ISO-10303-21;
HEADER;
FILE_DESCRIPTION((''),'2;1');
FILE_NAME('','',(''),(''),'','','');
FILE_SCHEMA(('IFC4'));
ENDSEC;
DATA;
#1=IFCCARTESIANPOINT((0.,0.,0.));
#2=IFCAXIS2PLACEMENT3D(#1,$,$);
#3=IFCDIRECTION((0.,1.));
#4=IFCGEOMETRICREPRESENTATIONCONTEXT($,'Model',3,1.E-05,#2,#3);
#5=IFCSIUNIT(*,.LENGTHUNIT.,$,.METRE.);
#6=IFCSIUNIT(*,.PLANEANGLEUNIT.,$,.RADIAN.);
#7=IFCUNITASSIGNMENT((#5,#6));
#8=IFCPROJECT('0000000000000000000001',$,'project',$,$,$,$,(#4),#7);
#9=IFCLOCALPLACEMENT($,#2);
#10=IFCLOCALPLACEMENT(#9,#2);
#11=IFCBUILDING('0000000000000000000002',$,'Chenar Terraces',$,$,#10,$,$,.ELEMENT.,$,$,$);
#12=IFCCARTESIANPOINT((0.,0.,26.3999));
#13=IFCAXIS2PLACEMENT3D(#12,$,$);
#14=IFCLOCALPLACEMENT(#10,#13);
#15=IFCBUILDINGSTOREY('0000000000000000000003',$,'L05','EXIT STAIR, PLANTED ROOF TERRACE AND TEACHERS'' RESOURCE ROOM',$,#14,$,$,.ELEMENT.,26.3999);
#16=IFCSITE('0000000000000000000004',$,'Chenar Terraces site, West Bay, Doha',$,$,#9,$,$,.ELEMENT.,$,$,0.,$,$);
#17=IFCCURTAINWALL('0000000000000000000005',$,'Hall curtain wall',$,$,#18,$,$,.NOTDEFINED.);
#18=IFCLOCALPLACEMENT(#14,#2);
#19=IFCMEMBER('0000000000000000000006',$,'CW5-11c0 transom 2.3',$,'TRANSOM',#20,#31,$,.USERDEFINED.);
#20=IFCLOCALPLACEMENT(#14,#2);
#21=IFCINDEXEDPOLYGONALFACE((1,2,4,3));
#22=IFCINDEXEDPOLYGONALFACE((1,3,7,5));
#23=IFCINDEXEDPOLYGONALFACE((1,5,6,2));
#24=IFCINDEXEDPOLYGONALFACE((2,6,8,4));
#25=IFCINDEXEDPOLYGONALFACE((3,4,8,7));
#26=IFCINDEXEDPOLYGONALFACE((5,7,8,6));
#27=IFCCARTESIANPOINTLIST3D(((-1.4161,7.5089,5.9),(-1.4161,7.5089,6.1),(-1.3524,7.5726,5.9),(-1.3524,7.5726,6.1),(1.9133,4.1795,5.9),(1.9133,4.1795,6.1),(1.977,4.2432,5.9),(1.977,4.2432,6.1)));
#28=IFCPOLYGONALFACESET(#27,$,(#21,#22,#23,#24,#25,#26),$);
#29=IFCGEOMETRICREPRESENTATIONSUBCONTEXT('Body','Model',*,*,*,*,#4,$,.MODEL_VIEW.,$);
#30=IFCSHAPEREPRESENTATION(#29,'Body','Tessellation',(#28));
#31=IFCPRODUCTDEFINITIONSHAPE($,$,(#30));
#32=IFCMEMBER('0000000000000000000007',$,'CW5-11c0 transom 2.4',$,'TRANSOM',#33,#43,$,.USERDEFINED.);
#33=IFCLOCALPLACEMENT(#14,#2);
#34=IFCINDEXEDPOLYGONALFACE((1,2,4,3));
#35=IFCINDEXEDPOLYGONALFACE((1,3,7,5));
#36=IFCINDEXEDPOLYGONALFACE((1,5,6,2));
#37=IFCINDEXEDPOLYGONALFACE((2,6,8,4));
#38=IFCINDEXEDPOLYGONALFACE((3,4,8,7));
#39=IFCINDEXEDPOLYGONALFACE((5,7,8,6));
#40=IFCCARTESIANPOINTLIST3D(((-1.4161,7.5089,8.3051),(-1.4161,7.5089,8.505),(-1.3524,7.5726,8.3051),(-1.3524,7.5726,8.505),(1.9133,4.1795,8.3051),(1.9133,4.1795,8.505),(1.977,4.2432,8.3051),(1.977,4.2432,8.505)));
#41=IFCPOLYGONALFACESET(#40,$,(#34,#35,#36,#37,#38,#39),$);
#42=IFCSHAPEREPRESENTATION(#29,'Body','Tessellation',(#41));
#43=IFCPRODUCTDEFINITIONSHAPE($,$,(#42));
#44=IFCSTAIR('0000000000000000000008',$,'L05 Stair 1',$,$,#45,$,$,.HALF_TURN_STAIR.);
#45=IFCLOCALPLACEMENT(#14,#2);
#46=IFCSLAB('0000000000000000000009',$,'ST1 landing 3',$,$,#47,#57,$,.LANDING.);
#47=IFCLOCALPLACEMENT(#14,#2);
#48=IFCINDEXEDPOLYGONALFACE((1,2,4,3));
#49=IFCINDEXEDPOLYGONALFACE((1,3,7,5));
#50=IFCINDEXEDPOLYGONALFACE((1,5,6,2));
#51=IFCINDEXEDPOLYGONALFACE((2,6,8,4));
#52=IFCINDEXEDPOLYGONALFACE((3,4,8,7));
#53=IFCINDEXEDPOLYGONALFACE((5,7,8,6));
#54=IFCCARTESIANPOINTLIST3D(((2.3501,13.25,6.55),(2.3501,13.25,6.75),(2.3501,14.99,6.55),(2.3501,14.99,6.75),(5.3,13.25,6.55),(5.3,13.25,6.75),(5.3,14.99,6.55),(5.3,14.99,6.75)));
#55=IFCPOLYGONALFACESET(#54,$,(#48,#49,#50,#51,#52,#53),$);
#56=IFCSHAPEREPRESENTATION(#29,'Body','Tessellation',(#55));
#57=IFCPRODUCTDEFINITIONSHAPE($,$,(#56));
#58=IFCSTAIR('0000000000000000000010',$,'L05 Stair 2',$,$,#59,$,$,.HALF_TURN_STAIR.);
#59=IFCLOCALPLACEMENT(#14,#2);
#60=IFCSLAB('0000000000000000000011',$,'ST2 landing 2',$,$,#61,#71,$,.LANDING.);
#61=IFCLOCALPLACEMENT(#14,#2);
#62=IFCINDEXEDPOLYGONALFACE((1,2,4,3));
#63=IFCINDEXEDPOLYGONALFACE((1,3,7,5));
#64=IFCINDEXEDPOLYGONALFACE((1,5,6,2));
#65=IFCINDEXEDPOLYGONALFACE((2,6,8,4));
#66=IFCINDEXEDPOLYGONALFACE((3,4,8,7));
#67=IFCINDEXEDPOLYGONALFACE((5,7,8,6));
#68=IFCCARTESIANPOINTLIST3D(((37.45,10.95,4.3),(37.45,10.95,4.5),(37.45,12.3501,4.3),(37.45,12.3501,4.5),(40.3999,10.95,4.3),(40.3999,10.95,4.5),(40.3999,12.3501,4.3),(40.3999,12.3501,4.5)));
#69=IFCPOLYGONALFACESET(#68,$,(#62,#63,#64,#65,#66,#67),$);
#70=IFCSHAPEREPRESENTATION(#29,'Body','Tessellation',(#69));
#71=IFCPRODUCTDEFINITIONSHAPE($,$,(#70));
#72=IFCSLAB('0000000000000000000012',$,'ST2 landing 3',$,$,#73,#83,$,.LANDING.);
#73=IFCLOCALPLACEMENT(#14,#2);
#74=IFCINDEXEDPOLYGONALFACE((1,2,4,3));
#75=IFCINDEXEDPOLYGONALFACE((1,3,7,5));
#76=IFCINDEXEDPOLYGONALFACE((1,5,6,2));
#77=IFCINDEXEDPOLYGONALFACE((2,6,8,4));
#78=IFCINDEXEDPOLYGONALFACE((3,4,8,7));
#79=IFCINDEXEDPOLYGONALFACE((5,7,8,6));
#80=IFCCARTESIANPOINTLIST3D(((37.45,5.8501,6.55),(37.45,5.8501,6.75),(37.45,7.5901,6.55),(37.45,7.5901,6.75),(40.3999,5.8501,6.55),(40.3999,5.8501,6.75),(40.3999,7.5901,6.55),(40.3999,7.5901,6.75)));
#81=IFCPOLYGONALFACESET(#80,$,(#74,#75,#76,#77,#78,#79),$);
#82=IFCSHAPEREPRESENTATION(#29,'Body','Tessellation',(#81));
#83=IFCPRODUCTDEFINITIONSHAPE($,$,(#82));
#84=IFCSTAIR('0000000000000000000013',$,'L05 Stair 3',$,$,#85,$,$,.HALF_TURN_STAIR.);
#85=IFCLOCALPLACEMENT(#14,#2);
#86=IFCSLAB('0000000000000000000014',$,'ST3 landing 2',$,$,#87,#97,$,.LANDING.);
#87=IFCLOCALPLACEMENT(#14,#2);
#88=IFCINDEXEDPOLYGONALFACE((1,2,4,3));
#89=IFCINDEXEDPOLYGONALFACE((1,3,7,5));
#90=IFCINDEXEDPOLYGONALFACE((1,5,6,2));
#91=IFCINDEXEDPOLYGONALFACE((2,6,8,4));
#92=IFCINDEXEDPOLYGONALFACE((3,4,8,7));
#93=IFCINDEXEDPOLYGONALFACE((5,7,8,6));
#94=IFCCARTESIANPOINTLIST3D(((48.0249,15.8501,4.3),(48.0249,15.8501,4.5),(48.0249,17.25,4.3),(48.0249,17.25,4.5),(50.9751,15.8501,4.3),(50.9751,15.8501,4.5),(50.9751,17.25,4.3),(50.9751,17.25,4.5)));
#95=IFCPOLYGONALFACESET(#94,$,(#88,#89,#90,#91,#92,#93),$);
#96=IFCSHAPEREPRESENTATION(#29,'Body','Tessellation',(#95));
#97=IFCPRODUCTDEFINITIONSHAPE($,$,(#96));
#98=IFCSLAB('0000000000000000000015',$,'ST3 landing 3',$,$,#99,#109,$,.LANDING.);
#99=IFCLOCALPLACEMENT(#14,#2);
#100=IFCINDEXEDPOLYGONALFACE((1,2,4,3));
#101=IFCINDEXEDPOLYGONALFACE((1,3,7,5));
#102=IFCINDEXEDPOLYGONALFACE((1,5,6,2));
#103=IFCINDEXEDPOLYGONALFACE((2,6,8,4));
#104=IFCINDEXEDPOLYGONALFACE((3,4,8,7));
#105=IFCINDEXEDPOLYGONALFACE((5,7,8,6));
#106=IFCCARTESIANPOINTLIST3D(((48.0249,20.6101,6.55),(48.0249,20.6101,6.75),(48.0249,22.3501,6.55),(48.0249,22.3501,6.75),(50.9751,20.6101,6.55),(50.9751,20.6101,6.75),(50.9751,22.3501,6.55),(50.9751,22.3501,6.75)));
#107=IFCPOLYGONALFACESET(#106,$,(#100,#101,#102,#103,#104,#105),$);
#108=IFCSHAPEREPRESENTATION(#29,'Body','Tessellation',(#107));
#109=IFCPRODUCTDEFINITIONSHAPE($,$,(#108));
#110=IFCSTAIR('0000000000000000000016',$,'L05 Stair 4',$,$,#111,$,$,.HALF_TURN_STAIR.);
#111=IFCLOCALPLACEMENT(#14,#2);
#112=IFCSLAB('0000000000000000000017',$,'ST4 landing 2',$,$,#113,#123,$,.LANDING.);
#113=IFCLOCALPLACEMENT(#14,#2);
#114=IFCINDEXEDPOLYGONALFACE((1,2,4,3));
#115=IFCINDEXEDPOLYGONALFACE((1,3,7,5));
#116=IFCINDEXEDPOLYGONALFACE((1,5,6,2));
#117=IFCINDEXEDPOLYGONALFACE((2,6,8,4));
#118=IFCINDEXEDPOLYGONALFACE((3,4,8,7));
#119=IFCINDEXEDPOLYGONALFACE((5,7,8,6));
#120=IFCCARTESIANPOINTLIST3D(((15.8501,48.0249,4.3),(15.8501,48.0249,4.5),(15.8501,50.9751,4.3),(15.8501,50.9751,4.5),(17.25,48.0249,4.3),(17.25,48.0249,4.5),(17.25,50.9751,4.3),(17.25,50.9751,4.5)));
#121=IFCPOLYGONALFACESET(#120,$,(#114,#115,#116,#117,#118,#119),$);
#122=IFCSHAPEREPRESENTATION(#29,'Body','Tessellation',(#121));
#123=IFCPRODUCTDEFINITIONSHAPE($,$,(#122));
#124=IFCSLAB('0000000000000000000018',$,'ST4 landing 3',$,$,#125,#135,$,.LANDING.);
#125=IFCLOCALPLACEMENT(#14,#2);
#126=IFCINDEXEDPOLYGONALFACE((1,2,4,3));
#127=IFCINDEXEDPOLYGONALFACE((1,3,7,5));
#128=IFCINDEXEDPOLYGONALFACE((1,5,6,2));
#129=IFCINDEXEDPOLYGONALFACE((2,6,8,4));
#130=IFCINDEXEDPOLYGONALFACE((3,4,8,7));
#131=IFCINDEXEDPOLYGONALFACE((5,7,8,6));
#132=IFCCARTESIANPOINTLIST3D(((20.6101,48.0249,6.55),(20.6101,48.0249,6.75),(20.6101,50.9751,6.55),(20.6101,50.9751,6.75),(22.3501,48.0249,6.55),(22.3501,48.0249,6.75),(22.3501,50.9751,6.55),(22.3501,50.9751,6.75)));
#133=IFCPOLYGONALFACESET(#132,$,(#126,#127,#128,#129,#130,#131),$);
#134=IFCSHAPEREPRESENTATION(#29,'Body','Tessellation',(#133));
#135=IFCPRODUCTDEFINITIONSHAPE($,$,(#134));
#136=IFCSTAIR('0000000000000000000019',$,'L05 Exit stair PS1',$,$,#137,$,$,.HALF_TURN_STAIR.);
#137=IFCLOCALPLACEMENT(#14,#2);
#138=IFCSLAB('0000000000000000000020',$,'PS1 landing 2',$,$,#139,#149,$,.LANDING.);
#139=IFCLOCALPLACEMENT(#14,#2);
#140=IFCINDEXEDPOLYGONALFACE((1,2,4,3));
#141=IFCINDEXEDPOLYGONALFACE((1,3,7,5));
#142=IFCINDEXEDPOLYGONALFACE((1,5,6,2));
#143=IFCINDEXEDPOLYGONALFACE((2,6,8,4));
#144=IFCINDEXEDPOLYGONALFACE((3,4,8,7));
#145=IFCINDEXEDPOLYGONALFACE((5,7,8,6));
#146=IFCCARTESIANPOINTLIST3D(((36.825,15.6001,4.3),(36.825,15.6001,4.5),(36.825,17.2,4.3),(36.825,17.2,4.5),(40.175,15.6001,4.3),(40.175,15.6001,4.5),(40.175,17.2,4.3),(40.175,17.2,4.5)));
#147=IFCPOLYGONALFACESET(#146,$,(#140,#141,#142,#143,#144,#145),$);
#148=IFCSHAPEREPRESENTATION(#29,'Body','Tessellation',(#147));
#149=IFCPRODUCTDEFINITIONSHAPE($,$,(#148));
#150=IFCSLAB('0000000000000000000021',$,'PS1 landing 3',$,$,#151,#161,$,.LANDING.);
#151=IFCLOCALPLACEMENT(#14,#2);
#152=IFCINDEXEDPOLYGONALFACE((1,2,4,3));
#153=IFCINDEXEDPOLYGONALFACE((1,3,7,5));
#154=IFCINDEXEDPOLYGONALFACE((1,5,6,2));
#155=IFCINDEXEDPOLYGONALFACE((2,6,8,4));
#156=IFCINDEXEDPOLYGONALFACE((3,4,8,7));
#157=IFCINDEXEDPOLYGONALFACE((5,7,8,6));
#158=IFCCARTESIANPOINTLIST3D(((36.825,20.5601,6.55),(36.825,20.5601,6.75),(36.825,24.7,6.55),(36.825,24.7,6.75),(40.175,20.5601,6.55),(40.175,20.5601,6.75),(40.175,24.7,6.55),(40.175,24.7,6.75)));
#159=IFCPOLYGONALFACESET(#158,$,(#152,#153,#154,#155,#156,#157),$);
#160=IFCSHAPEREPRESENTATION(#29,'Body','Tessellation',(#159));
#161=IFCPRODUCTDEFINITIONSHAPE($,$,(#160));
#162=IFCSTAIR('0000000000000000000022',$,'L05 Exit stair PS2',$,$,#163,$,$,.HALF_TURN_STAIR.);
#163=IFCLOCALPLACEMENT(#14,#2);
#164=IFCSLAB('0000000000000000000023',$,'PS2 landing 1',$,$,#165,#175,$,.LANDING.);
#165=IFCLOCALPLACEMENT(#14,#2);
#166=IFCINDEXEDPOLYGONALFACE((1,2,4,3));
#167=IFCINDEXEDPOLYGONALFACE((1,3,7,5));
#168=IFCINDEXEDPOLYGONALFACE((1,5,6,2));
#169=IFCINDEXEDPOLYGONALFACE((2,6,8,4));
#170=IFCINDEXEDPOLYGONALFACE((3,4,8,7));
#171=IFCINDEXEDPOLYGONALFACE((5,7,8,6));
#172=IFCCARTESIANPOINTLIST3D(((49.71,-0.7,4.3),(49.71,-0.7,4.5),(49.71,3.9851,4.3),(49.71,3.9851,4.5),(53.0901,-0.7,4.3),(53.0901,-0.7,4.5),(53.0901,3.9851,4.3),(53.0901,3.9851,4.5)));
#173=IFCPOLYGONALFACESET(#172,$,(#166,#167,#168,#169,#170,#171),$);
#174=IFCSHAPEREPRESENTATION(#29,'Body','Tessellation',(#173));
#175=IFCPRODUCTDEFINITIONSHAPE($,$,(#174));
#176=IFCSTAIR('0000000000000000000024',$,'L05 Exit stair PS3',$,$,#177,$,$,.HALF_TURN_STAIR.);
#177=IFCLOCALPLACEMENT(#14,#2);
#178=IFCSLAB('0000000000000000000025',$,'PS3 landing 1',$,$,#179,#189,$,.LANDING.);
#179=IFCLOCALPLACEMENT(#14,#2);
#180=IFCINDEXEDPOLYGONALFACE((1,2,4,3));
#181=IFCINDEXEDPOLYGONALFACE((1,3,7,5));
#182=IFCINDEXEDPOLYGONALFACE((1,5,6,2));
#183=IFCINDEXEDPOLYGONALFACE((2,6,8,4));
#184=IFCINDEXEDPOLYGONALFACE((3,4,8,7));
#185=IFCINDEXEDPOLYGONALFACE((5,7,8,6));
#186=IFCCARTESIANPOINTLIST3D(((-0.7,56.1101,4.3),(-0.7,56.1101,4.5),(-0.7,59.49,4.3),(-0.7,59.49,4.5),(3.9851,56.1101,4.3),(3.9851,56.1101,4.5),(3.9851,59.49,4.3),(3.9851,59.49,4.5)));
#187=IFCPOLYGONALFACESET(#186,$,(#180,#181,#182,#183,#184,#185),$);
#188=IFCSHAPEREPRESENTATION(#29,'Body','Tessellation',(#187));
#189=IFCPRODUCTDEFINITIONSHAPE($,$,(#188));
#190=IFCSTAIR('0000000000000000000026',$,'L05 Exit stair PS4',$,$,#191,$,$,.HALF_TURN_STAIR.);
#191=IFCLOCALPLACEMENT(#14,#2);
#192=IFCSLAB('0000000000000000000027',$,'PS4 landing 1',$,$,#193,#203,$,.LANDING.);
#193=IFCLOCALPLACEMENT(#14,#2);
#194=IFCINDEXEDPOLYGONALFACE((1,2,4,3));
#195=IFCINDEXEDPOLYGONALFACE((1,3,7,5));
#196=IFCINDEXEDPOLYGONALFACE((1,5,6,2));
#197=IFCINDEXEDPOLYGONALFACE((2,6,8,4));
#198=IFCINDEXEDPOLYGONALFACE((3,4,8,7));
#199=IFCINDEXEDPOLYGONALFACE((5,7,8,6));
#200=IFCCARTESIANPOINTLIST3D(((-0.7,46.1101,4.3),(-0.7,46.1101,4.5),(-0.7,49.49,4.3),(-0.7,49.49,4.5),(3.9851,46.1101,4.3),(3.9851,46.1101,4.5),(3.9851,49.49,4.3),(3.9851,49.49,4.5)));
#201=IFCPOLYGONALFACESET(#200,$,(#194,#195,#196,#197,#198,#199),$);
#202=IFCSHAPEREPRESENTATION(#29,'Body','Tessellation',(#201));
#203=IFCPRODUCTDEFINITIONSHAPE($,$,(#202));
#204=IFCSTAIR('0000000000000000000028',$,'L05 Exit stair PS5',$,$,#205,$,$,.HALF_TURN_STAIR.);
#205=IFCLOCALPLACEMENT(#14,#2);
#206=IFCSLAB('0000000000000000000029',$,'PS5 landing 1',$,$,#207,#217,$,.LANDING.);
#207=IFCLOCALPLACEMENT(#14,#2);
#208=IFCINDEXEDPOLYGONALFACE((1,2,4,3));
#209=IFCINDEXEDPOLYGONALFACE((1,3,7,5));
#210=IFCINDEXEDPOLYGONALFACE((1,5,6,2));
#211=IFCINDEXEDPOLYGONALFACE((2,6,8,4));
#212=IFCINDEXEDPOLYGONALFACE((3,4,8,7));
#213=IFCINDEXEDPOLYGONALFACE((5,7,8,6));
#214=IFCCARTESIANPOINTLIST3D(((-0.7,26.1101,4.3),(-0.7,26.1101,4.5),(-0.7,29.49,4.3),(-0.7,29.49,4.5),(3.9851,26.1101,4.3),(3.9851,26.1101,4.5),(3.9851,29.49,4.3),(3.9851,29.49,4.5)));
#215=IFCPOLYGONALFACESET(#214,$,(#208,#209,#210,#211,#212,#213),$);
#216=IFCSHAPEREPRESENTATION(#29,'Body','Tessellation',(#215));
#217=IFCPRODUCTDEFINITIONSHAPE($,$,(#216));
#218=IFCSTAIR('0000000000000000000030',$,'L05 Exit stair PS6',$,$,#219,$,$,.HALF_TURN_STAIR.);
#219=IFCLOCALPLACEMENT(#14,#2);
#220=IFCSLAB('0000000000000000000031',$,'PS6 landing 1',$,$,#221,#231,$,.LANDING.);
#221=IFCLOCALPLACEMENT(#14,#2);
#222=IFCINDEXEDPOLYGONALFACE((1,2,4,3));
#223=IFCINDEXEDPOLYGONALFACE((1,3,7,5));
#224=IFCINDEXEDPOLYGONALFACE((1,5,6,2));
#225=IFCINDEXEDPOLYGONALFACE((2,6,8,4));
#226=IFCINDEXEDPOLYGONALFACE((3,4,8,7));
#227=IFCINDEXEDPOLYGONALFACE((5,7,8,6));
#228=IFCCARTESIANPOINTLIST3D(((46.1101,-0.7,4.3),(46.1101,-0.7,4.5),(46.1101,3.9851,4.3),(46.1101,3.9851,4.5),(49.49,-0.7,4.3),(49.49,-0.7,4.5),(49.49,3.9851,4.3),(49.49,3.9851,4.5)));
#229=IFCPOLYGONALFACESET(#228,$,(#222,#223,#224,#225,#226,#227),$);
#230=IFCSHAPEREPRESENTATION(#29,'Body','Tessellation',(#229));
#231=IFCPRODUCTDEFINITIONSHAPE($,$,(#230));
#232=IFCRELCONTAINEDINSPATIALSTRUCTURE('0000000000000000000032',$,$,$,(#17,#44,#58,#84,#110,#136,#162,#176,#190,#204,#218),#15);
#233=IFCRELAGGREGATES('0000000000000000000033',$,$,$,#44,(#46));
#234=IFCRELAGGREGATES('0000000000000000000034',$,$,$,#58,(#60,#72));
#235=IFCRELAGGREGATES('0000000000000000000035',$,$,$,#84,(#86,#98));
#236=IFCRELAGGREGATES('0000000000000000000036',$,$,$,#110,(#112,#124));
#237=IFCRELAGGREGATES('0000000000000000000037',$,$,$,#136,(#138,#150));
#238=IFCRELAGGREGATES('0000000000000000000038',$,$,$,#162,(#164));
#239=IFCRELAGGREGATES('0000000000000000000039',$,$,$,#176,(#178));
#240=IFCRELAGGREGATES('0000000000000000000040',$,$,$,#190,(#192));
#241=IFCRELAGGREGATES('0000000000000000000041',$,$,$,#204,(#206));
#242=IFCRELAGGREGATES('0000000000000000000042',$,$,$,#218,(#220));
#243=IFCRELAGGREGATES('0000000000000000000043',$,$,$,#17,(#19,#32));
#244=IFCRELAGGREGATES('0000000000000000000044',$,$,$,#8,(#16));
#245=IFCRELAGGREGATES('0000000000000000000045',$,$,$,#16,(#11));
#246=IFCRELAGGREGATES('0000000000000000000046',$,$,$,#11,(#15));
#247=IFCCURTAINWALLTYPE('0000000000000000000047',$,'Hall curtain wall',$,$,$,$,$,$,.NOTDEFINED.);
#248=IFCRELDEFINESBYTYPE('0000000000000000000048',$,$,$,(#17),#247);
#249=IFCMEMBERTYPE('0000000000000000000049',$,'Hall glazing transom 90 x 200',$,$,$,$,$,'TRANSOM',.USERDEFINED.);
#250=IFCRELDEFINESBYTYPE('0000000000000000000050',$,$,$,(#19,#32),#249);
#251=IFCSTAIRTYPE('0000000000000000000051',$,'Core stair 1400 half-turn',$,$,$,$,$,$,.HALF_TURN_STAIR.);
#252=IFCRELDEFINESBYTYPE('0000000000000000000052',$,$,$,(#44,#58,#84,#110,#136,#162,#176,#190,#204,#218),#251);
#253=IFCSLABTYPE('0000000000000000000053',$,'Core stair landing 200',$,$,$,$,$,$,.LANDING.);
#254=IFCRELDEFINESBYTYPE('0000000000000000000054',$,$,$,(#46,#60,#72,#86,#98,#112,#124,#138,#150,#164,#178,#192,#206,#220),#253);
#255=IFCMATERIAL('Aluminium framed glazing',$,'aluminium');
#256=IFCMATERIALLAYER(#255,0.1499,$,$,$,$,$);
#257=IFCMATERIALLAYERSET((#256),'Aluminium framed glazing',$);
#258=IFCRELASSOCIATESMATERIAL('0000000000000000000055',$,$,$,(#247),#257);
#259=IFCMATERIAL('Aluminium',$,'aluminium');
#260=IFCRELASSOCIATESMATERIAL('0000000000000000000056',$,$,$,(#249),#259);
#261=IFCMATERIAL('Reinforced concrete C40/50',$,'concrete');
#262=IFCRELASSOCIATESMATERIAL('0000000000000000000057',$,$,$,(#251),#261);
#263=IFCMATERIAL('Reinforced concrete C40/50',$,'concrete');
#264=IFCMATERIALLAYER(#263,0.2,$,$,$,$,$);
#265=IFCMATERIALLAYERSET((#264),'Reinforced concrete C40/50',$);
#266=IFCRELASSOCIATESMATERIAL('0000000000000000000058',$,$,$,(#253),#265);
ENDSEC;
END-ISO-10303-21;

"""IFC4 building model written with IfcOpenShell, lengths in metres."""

from ifc_helpers import new_model, si_unit, direction, frame, origin, origin_2d, place, context, subcontext, project, spatial, polyline, rectangle, outline, extrude, material, layer, layer_set, material_profile, profile_set, type_object, element, aggregate, save


model = new_model("IFC4")

# Units and contexts
model_context = context("Model", 3, precision=1e-05, world=origin(), true_north=direction((0.0, 1.0)))
body_context = subcontext(model_context, "Body", "Model", "MODEL_VIEW")
ifc_project = project(units=[si_unit("LENGTHUNIT", "METRE"), si_unit("PLANEANGLEUNIT", "RADIAN")], contexts=[model_context])

# Site, building, storey
site_placement = place(None, origin())
site = spatial("IfcSite", under=ifc_project, at=site_placement, Name="Chenar Terraces site, West Bay, Doha", CompositionType="ELEMENT", RefElevation=0.0)
building_placement = place(site_placement, origin())
building = spatial("IfcBuilding", under=site, at=building_placement, Name="Chenar Terraces", CompositionType="ELEMENT")
storey_placement = place(building_placement, frame((0.0, 0.0, 26.3999)))
storey = spatial("IfcBuildingStorey", under=building, at=storey_placement, Name="L05", Description="EXIT STAIR, PLANTED ROOF TERRACE AND TEACHERS' RESOURCE ROOM", CompositionType="ELEMENT", Elevation=26.3999)

# Curtain wall, members
ifc_material_1 = material(Name="Aluminium framed glazing", Category="aluminium")
ifc_layer_1 = layer(ifc_material_1, 0.1499)
ifc_layer_set_1 = layer_set([ifc_layer_1], Name="Aluminium framed glazing")
curtain_wall_type = type_object("IfcCurtainWallType", Name="Hall curtain wall", PredefinedType="NOTDEFINED", material=ifc_layer_set_1)
placement_1 = place(storey_placement, origin())
curtain_wall = element("IfcCurtainWall", 1, at=placement_1, inside=storey, type_object=curtain_wall_type, Name="Hall curtain wall", PredefinedType="NOTDEFINED")
ifc_material_2 = material(Name="Aluminium", Category="aluminium")
ifc_material_profile = material_profile(ifc_material_2, rectangle(XDim=0.0901, YDim=0.2, at=origin_2d()), Name="Hall glazing transom 90 x 200")
ifc_profile_set = profile_set([ifc_material_profile], Name="Aluminium")
member_type = type_object("IfcMemberType", Name="Hall glazing transom 90 x 200", ElementType="TRANSOM", PredefinedType="USERDEFINED", material=ifc_profile_set)
member_1_placement = place(storey_placement, frame((-1.3843, 7.5408, 6.0), z_axis=(0.707107, -0.707107, 0.0), x_axis=(0.707107, 0.707107, 0.0)))
member_1 = element("IfcMember", 2, at=member_1_placement, type_object=member_type, Name="CW5-11c0 transom 2.3", ObjectType="TRANSOM", PredefinedType="USERDEFINED", context=body_context, shape_type="SweptSolid", body=[
    extrude(rectangle(XDim=0.0901, YDim=0.2, at=origin_2d()), origin(), (0.0, 0.0, 1.0), 4.7085),
])
member_2_placement = place(storey_placement, frame((-1.3843, 7.5408, 8.405), z_axis=(0.707107, -0.707107, 0.0), x_axis=(0.707107, 0.707107, 0.0)))
member_2 = element("IfcMember", 3, at=member_2_placement, type_object=member_type, Name="CW5-11c0 transom 2.4", ObjectType="TRANSOM", PredefinedType="USERDEFINED", context=body_context, shape_type="SweptSolid", body=[
    extrude(rectangle(XDim=0.0901, YDim=0.2, at=origin_2d()), origin(), (0.0, 0.0, 1.0), 4.7085),
])

# Stair, slab
ifc_material_3 = material(Name="Reinforced concrete C40/50", Category="concrete")
stair_type = type_object("IfcStairType", Name="Core stair 1400 half-turn", PredefinedType="HALF_TURN_STAIR", material=ifc_material_3)
stair_1 = element("IfcStair", 4, at=placement_1, inside=storey, type_object=stair_type, Name="L05 Stair 1", PredefinedType="HALF_TURN_STAIR")
ifc_material_4 = material(Name="Reinforced concrete C40/50", Category="concrete")
ifc_layer_2 = layer(ifc_material_4, 0.2)
ifc_layer_set_2 = layer_set([ifc_layer_2], Name="Reinforced concrete C40/50")
slab_type = type_object("IfcSlabType", Name="Core stair landing 200", PredefinedType="LANDING", material=ifc_layer_set_2)
placement_2 = place(storey_placement, frame((0.0, 0.0, 6.55)))
slab_1 = element("IfcSlab", 5, at=placement_2, type_object=slab_type, Name="ST1 landing 3", PredefinedType="LANDING", context=body_context, shape_type="SweptSolid", body=[
    extrude(outline(polyline([(2.3501, 14.99), (2.3501, 13.25), (5.3, 13.25), (5.3, 14.99), (2.3501, 14.99)])), origin(), (0.0, 0.0, 1.0), 0.2),
])
aggregate(stair_1, [slab_1])

# Stairs, slabs
stair_2 = element("IfcStair", 6, at=placement_1, inside=storey, type_object=stair_type, Name="L05 Stair 2", PredefinedType="HALF_TURN_STAIR")
placement_3 = place(storey_placement, frame((0.0, 0.0, 4.3)))
slab_2 = element("IfcSlab", 7, at=placement_3, type_object=slab_type, Name="ST2 landing 2", PredefinedType="LANDING", context=body_context, shape_type="SweptSolid", body=[
    extrude(outline(polyline([(37.45, 12.3501), (37.45, 10.95), (40.3999, 10.95), (40.3999, 12.3501), (37.45, 12.3501)])), origin(), (0.0, 0.0, 1.0), 0.2),
])
slab_3 = element("IfcSlab", 8, at=placement_2, type_object=slab_type, Name="ST2 landing 3", PredefinedType="LANDING", context=body_context, shape_type="SweptSolid", body=[
    extrude(outline(polyline([(37.45, 7.5901), (37.45, 5.8501), (40.3999, 5.8501), (40.3999, 7.5901), (37.45, 7.5901)])), origin(), (0.0, 0.0, 1.0), 0.2),
])
aggregate(stair_2, [slab_2, slab_3])
stair_3 = element("IfcStair", 9, at=placement_1, inside=storey, type_object=stair_type, Name="L05 Stair 3", PredefinedType="HALF_TURN_STAIR")
slab_4 = element("IfcSlab", 10, at=placement_3, type_object=slab_type, Name="ST3 landing 2", PredefinedType="LANDING", context=body_context, shape_type="SweptSolid", body=[
    extrude(outline(polyline([(50.9751, 15.8501), (50.9751, 17.25), (48.0249, 17.25), (48.0249, 15.8501), (50.9751, 15.8501)])), origin(), (0.0, 0.0, 1.0), 0.2),
])
slab_5 = element("IfcSlab", 11, at=placement_2, type_object=slab_type, Name="ST3 landing 3", PredefinedType="LANDING", context=body_context, shape_type="SweptSolid", body=[
    extrude(outline(polyline([(50.9751, 20.6101), (50.9751, 22.3501), (48.0249, 22.3501), (48.0249, 20.6101), (50.9751, 20.6101)])), origin(), (0.0, 0.0, 1.0), 0.2),
])
aggregate(stair_3, [slab_4, slab_5])
stair_4 = element("IfcStair", 12, at=placement_1, inside=storey, type_object=stair_type, Name="L05 Stair 4", PredefinedType="HALF_TURN_STAIR")
slab_6 = element("IfcSlab", 13, at=placement_3, type_object=slab_type, Name="ST4 landing 2", PredefinedType="LANDING", context=body_context, shape_type="SweptSolid", body=[
    extrude(outline(polyline([(15.8501, 48.0249), (17.25, 48.0249), (17.25, 50.9751), (15.8501, 50.9751), (15.8501, 48.0249)])), origin(), (0.0, 0.0, 1.0), 0.2),
])
slab_7 = element("IfcSlab", 14, at=placement_2, type_object=slab_type, Name="ST4 landing 3", PredefinedType="LANDING", context=body_context, shape_type="SweptSolid", body=[
    extrude(outline(polyline([(20.6101, 48.0249), (22.3501, 48.0249), (22.3501, 50.9751), (20.6101, 50.9751), (20.6101, 48.0249)])), origin(), (0.0, 0.0, 1.0), 0.2),
])
aggregate(stair_4, [slab_6, slab_7])
stair_5 = element("IfcStair", 15, at=placement_1, inside=storey, type_object=stair_type, Name="L05 Exit stair PS1", PredefinedType="HALF_TURN_STAIR")
slab_8 = element("IfcSlab", 16, at=placement_3, type_object=slab_type, Name="PS1 landing 2", PredefinedType="LANDING", context=body_context, shape_type="SweptSolid", body=[
    extrude(outline(polyline([(40.175, 15.6001), (40.175, 17.2), (36.825, 17.2), (36.825, 15.6001), (40.175, 15.6001)])), origin(), (0.0, 0.0, 1.0), 0.2),
])
slab_9 = element("IfcSlab", 17, at=placement_2, type_object=slab_type, Name="PS1 landing 3", PredefinedType="LANDING", context=body_context, shape_type="SweptSolid", body=[
    extrude(outline(polyline([(40.175, 20.5601), (40.175, 24.7), (36.825, 24.7), (36.825, 20.5601), (40.175, 20.5601)])), origin(), (0.0, 0.0, 1.0), 0.2),
])
aggregate(stair_5, [slab_8, slab_9])

# Stairs, slabs
stair_6 = element("IfcStair", 18, at=placement_1, inside=storey, type_object=stair_type, Name="L05 Exit stair PS2", PredefinedType="HALF_TURN_STAIR")
slab_10 = element("IfcSlab", 19, at=placement_3, type_object=slab_type, Name="PS2 landing 1", PredefinedType="LANDING", context=body_context, shape_type="SweptSolid", body=[
    extrude(outline(polyline([(49.71, 3.9851), (49.71, -0.7), (53.0901, -0.7), (53.0901, 3.9851), (49.71, 3.9851)])), origin(), (0.0, 0.0, 1.0), 0.2),
])
aggregate(stair_6, [slab_10])
stair_7 = element("IfcStair", 20, at=placement_1, inside=storey, type_object=stair_type, Name="L05 Exit stair PS3", PredefinedType="HALF_TURN_STAIR")
slab_11 = element("IfcSlab", 21, at=placement_3, type_object=slab_type, Name="PS3 landing 1", PredefinedType="LANDING", context=body_context, shape_type="SweptSolid", body=[
    extrude(outline(polyline([(3.9851, 59.49), (-0.7, 59.49), (-0.7, 56.1101), (3.9851, 56.1101), (3.9851, 59.49)])), origin(), (0.0, 0.0, 1.0), 0.2),
])
aggregate(stair_7, [slab_11])
stair_8 = element("IfcStair", 22, at=placement_1, inside=storey, type_object=stair_type, Name="L05 Exit stair PS4", PredefinedType="HALF_TURN_STAIR")
slab_12 = element("IfcSlab", 23, at=placement_3, type_object=slab_type, Name="PS4 landing 1", PredefinedType="LANDING", context=body_context, shape_type="SweptSolid", body=[
    extrude(outline(polyline([(3.9851, 49.49), (-0.7, 49.49), (-0.7, 46.1101), (3.9851, 46.1101), (3.9851, 49.49)])), origin(), (0.0, 0.0, 1.0), 0.2),
])
aggregate(stair_8, [slab_12])
stair_9 = element("IfcStair", 24, at=placement_1, inside=storey, type_object=stair_type, Name="L05 Exit stair PS5", PredefinedType="HALF_TURN_STAIR")
slab_13 = element("IfcSlab", 25, at=placement_3, type_object=slab_type, Name="PS5 landing 1", PredefinedType="LANDING", context=body_context, shape_type="SweptSolid", body=[
    extrude(outline(polyline([(3.9851, 29.49), (-0.7, 29.49), (-0.7, 26.1101), (3.9851, 26.1101), (3.9851, 29.49)])), origin(), (0.0, 0.0, 1.0), 0.2),
])
aggregate(stair_9, [slab_13])
stair_10 = element("IfcStair", 26, at=placement_1, inside=storey, type_object=stair_type, Name="L05 Exit stair PS6", PredefinedType="HALF_TURN_STAIR")
slab_14 = element("IfcSlab", 27, at=placement_3, type_object=slab_type, Name="PS6 landing 1", PredefinedType="LANDING", context=body_context, shape_type="SweptSolid", body=[
    extrude(outline(polyline([(46.1101, 3.9851), (46.1101, -0.7), (49.49, -0.7), (49.49, 3.9851), (46.1101, 3.9851)])), origin(), (0.0, 0.0, 1.0), 0.2),
])
aggregate(stair_10, [slab_14])

aggregate(curtain_wall, [member_1, member_2])

save(model, "model.ifc")
